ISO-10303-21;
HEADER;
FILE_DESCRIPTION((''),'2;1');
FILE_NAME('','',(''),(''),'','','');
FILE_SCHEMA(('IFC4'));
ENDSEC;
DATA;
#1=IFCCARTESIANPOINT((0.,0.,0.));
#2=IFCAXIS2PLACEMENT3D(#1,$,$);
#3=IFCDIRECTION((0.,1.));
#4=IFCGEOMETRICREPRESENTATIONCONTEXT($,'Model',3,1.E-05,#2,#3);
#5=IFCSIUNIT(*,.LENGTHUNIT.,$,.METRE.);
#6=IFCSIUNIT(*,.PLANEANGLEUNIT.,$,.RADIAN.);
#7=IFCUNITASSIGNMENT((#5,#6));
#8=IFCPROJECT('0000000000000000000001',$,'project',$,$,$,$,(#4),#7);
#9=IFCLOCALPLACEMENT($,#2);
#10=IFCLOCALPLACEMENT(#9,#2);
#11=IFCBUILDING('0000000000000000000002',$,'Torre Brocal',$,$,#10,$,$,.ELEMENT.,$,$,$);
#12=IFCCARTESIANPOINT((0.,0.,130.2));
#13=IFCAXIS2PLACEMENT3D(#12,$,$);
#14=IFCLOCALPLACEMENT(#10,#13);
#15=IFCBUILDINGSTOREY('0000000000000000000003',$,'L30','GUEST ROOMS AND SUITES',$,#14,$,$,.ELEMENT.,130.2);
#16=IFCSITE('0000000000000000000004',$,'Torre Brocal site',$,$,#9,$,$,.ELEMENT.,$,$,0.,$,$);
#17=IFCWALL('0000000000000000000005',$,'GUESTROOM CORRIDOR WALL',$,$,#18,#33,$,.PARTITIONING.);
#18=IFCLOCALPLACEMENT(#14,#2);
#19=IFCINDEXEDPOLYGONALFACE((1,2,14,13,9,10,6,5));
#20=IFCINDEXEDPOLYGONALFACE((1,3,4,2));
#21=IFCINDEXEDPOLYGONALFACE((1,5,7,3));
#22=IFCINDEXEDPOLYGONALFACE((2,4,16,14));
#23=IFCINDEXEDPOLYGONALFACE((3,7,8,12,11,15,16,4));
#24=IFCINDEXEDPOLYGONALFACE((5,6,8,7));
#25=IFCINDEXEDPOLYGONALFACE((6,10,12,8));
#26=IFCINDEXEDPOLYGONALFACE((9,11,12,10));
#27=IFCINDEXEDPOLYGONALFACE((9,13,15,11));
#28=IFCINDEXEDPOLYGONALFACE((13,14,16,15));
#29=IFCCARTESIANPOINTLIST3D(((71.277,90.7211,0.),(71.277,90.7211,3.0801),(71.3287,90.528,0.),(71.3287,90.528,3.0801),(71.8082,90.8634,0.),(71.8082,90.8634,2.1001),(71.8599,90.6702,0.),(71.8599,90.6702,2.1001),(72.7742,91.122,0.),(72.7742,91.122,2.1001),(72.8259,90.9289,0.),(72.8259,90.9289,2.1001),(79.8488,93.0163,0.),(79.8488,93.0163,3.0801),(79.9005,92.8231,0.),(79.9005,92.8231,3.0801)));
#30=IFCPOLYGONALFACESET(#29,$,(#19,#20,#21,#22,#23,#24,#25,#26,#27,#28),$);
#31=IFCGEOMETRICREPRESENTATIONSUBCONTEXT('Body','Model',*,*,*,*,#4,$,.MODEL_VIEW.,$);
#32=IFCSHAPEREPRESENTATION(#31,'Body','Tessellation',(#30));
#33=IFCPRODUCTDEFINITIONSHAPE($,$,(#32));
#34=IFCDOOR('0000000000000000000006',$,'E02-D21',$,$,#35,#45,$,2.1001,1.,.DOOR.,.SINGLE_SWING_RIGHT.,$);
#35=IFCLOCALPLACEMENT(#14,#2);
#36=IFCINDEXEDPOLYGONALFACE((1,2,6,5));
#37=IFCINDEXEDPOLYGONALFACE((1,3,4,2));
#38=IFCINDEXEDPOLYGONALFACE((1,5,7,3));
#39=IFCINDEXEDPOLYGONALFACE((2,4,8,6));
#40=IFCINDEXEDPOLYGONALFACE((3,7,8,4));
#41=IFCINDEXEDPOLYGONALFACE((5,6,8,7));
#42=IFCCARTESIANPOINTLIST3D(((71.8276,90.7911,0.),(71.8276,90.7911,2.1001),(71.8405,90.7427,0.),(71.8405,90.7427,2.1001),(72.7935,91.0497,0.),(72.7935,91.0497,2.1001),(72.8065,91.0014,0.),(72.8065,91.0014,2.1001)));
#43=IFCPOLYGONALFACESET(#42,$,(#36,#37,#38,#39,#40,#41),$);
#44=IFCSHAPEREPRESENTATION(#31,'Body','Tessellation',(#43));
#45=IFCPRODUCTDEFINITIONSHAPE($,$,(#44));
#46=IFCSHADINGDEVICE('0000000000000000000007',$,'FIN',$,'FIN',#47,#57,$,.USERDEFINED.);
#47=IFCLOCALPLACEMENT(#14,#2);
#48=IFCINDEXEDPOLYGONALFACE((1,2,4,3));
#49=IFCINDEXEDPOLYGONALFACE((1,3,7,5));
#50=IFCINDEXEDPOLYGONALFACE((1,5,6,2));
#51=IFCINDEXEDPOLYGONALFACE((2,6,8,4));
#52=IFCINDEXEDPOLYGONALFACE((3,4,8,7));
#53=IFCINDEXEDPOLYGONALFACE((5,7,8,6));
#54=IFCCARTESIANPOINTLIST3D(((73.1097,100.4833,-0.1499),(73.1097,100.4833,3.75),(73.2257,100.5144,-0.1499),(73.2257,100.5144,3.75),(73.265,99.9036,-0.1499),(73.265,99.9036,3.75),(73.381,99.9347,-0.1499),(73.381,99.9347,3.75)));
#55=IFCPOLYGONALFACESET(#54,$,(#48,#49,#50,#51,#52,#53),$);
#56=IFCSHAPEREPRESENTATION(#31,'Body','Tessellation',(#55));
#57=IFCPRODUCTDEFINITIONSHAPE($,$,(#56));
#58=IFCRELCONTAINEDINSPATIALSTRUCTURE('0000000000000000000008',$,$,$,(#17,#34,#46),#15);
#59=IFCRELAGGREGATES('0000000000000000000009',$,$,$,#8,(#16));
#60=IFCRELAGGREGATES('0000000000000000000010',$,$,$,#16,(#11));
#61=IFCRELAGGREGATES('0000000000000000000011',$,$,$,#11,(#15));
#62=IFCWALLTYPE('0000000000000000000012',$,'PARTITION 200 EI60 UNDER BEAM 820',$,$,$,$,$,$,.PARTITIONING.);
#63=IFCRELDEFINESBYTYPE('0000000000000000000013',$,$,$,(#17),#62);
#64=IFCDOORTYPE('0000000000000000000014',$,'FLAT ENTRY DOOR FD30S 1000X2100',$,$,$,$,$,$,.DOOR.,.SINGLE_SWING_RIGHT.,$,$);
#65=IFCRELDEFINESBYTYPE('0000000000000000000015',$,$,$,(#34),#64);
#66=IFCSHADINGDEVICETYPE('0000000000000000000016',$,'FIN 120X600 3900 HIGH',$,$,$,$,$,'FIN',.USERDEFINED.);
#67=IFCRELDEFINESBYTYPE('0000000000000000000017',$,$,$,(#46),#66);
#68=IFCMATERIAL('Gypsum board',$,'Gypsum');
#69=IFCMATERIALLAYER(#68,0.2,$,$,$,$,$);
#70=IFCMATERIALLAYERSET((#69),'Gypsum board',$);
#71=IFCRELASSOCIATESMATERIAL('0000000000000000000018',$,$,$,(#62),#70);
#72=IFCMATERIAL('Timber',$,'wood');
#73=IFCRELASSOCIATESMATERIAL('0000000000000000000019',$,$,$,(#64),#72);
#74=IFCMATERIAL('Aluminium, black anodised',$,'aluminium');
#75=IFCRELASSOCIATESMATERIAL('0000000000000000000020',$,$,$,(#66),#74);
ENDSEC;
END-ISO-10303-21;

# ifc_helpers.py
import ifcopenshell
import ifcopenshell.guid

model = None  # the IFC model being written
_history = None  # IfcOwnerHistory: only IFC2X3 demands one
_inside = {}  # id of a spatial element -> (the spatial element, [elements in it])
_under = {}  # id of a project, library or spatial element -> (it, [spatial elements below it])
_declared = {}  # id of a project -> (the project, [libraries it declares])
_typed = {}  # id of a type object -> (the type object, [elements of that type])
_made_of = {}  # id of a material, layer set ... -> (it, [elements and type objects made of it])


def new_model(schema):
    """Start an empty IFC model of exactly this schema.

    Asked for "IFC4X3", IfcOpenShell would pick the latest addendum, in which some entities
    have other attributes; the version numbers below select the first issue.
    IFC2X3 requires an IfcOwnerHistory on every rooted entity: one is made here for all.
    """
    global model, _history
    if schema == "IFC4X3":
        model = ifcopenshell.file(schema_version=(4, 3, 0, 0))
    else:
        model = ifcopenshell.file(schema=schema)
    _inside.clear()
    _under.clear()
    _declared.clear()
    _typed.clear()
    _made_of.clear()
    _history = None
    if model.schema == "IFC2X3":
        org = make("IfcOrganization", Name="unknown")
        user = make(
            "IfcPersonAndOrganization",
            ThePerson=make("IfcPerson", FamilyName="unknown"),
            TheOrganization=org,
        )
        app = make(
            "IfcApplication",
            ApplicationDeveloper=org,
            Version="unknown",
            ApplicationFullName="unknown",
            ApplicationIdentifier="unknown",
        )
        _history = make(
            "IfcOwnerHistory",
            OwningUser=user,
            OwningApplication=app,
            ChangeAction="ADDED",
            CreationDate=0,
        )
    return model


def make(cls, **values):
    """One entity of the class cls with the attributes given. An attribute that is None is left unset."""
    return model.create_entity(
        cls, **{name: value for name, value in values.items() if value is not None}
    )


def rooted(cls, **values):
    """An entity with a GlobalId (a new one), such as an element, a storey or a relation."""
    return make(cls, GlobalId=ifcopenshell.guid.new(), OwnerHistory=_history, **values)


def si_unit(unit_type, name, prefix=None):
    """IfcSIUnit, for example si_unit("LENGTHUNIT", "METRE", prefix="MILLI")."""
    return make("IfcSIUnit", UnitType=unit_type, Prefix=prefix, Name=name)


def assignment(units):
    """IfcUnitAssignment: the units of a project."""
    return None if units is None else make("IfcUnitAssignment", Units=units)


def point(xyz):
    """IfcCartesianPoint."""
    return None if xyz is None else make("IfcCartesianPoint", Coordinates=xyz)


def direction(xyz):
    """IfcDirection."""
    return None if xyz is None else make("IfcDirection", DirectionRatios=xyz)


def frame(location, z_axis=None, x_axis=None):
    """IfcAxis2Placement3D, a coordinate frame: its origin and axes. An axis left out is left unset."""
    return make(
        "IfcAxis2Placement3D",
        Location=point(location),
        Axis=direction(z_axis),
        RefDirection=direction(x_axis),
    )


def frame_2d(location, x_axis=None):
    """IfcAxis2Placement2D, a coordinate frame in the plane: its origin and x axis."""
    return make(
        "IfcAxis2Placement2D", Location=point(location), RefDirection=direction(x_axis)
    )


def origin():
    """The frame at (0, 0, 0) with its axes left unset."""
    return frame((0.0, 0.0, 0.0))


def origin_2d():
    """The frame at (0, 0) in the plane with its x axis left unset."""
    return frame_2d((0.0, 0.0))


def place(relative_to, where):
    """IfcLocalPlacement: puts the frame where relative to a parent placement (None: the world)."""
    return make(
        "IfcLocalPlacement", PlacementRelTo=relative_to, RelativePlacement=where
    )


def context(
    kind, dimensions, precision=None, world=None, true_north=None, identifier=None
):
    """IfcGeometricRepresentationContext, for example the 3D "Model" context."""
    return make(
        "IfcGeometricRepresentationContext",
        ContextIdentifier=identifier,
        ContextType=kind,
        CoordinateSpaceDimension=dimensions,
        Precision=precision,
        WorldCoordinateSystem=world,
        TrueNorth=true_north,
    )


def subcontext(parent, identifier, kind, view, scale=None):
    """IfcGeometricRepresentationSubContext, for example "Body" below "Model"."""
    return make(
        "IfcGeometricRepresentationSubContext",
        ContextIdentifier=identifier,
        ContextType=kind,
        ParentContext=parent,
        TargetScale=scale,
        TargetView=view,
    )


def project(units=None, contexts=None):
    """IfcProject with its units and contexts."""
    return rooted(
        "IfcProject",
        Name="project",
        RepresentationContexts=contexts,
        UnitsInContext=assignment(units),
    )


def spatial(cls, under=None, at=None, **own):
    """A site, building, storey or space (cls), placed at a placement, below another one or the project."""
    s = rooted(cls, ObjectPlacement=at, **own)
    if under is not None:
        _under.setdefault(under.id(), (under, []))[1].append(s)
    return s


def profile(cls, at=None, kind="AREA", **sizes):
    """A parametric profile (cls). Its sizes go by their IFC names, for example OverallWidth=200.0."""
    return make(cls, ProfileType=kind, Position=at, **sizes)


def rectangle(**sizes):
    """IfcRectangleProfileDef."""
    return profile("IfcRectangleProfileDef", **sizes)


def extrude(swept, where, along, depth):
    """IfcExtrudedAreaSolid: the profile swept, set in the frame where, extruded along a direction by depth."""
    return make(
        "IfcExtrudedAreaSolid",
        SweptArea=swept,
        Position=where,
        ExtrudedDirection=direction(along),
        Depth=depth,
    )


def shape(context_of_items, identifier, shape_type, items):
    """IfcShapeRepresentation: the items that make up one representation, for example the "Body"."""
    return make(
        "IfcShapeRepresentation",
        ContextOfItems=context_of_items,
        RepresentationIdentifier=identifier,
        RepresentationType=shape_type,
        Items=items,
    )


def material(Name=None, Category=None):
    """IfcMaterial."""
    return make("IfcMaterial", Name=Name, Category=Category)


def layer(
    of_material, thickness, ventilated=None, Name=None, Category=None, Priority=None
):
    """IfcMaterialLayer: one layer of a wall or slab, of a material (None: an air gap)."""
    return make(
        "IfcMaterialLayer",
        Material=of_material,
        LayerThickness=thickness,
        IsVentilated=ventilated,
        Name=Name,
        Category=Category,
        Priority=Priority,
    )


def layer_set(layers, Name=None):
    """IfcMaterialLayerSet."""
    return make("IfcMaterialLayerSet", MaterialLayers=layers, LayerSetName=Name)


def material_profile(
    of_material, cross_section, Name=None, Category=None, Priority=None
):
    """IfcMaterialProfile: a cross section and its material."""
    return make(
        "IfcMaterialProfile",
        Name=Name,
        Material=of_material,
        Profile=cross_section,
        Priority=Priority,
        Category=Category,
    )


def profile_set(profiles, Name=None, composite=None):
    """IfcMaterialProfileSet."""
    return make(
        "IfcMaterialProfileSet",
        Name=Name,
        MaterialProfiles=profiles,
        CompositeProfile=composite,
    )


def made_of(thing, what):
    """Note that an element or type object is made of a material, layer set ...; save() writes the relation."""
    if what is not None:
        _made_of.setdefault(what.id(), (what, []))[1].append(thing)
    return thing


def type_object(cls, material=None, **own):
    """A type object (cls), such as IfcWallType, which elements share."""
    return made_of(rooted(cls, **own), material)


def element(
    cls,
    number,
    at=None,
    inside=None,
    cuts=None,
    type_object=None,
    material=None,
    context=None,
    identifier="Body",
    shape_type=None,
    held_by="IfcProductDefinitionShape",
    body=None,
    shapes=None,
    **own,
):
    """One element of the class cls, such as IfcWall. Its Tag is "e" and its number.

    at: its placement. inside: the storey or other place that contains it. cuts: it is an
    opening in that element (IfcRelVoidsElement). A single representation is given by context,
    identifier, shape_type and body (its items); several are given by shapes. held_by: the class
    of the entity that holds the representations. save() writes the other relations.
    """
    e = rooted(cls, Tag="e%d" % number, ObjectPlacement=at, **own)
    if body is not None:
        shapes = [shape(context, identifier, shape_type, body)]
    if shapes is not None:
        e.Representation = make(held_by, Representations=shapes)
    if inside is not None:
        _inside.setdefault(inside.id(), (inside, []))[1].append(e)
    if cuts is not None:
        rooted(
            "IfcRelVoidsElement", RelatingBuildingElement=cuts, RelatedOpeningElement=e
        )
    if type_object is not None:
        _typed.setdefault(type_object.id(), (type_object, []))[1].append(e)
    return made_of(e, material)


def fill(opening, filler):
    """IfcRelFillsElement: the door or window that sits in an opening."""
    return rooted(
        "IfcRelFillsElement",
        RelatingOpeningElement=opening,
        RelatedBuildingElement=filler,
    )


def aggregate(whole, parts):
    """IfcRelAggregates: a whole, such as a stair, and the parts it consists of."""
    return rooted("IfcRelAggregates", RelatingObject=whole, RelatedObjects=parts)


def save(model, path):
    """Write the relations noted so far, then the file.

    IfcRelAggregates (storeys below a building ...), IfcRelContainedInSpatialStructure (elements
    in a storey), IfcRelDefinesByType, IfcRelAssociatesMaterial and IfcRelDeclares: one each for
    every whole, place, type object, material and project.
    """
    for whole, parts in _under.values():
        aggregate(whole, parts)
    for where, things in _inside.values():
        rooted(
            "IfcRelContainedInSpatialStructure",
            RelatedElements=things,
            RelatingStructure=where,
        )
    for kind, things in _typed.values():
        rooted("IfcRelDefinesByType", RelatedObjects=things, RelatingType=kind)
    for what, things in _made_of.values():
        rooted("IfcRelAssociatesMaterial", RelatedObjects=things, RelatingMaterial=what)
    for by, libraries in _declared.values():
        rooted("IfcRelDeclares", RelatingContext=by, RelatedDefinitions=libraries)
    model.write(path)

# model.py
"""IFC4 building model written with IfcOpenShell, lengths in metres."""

from ifc_helpers import new_model, si_unit, direction, frame, frame_2d, origin, origin_2d, place, context, subcontext, project, spatial, rectangle, extrude, material, layer, layer_set, material_profile, profile_set, type_object, element, fill, save


model = new_model("IFC4")

# Units and contexts
model_context = context("Model", 3, precision=1e-05, world=origin(), true_north=direction((0.0, 1.0)))
body_context = subcontext(model_context, "Body", "Model", "MODEL_VIEW")
ifc_project = project(units=[si_unit("LENGTHUNIT", "METRE"), si_unit("PLANEANGLEUNIT", "RADIAN")], contexts=[model_context])

# Site, building, storey
site_placement = place(None, origin())
site = spatial("IfcSite", under=ifc_project, at=site_placement, Name="Torre Brocal site", CompositionType="ELEMENT", RefElevation=0.0)
building_placement = place(site_placement, origin())
building = spatial("IfcBuilding", under=site, at=building_placement, Name="Torre Brocal", CompositionType="ELEMENT")
storey_placement = place(building_placement, frame((0.0, 0.0, 130.2)))
storey = spatial("IfcBuildingStorey", under=building, at=storey_placement, Name="L30", Description="GUEST ROOMS AND SUITES", CompositionType="ELEMENT", Elevation=130.2)

# Wall, opening, door
ifc_material_1 = material(Name="Gypsum board", Category="Gypsum")
ifc_layer_1 = layer(ifc_material_1, 0.2)
ifc_layer_set_1 = layer_set([ifc_layer_1], Name="Gypsum board")
wall_type_1 = type_object("IfcWallType", Name="PARTITION 200 EI60 UNDER BEAM 820", PredefinedType="PARTITIONING", material=ifc_layer_set_1)
wall_1_placement = place(storey_placement, frame((71.3027, 90.6245, 0.0), z_axis=(0.0, 0.0, 1.0), x_axis=(0.965972, 0.258647, 0.0)))
wall_1 = element("IfcWall", 1, at=wall_1_placement, inside=storey, type_object=wall_type_1, Name="GUESTROOM CORRIDOR WALL", PredefinedType="PARTITIONING", context=body_context, shape_type="SweptSolid", body=[
    extrude(rectangle(XDim=8.8738, YDim=0.2, at=frame_2d((4.437, 0.0))), origin(), (0.0, 0.0, 1.0), 3.0801),
])
opening_1_placement = place(wall_1_placement, frame((0.55, 0.0, 0.0)))
opening_1 = element("IfcOpeningElement", 2, at=opening_1_placement, cuts=wall_1, PredefinedType="OPENING", context=body_context, shape_type="SweptSolid", body=[
    extrude(rectangle(XDim=1.0, YDim=2.1001, at=frame_2d((0.5, 1.05))), frame((0.0, 0.1099, 0.0), z_axis=(0.0, -1.0, 0.0), x_axis=(1.0, 0.0, 0.0)), (0.0, 0.0, 1.0), 0.22),
])
ifc_material_2 = material(Name="Timber", Category="wood")
door_type_1 = type_object("IfcDoorType", Name="FLAT ENTRY DOOR FD30S 1000X2100", OperationType="SINGLE_SWING_RIGHT", PredefinedType="DOOR", material=ifc_material_2)
door_1_placement = place(opening_1_placement, frame((1.0, 0.0, 0.0), z_axis=(0.0, 0.0, 1.0), x_axis=(-1.0, 0.0, 0.0)))
door_1 = element("IfcDoor", 3, at=door_1_placement, inside=storey, type_object=door_type_1, Name="E02-D21", OperationType="SINGLE_SWING_RIGHT", OverallHeight=2.1001, OverallWidth=1.0, PredefinedType="DOOR", context=body_context, shape_type="SweptSolid", body=[
    extrude(rectangle(XDim=1.0, YDim=2.1001, at=frame_2d((0.5, 1.05))), frame((0.0, 0.0249, 0.0), z_axis=(0.0, -1.0, 0.0), x_axis=(1.0, 0.0, 0.0)), (0.0, 0.0, 1.0), 0.05),
])
fill(opening_1, door_1)

# Shading device
ifc_material_3 = material(Name="Aluminium, black anodised", Category="aluminium")
ifc_material_profile_1 = material_profile(ifc_material_3, rectangle(XDim=0.1201, YDim=0.6001, at=origin_2d()), Name="FIN 120X600 3900 HIGH")
ifc_profile_set_1 = profile_set([ifc_material_profile_1], Name="Aluminium, black anodised")
shading_device_type = type_object("IfcShadingDeviceType", Name="FIN 120X600 3900 HIGH", ElementType="FIN", PredefinedType="USERDEFINED", material=ifc_profile_set_1)
shading_device_placement = place(storey_placement, frame((73.2454, 100.209, -0.1499), z_axis=(0.0, 0.0, 1.0), x_axis=(-0.965926, -0.258819, 0.0)))
element("IfcShadingDevice", 4, at=shading_device_placement, inside=storey, type_object=shading_device_type, Name="FIN", ObjectType="FIN", PredefinedType="USERDEFINED", context=body_context, shape_type="SweptSolid", body=[
    extrude(rectangle(XDim=0.1201, YDim=0.6001, at=origin_2d()), origin(), (0.0, 0.0, 1.0), 3.8999),
])

save(model, "model.ifc")
